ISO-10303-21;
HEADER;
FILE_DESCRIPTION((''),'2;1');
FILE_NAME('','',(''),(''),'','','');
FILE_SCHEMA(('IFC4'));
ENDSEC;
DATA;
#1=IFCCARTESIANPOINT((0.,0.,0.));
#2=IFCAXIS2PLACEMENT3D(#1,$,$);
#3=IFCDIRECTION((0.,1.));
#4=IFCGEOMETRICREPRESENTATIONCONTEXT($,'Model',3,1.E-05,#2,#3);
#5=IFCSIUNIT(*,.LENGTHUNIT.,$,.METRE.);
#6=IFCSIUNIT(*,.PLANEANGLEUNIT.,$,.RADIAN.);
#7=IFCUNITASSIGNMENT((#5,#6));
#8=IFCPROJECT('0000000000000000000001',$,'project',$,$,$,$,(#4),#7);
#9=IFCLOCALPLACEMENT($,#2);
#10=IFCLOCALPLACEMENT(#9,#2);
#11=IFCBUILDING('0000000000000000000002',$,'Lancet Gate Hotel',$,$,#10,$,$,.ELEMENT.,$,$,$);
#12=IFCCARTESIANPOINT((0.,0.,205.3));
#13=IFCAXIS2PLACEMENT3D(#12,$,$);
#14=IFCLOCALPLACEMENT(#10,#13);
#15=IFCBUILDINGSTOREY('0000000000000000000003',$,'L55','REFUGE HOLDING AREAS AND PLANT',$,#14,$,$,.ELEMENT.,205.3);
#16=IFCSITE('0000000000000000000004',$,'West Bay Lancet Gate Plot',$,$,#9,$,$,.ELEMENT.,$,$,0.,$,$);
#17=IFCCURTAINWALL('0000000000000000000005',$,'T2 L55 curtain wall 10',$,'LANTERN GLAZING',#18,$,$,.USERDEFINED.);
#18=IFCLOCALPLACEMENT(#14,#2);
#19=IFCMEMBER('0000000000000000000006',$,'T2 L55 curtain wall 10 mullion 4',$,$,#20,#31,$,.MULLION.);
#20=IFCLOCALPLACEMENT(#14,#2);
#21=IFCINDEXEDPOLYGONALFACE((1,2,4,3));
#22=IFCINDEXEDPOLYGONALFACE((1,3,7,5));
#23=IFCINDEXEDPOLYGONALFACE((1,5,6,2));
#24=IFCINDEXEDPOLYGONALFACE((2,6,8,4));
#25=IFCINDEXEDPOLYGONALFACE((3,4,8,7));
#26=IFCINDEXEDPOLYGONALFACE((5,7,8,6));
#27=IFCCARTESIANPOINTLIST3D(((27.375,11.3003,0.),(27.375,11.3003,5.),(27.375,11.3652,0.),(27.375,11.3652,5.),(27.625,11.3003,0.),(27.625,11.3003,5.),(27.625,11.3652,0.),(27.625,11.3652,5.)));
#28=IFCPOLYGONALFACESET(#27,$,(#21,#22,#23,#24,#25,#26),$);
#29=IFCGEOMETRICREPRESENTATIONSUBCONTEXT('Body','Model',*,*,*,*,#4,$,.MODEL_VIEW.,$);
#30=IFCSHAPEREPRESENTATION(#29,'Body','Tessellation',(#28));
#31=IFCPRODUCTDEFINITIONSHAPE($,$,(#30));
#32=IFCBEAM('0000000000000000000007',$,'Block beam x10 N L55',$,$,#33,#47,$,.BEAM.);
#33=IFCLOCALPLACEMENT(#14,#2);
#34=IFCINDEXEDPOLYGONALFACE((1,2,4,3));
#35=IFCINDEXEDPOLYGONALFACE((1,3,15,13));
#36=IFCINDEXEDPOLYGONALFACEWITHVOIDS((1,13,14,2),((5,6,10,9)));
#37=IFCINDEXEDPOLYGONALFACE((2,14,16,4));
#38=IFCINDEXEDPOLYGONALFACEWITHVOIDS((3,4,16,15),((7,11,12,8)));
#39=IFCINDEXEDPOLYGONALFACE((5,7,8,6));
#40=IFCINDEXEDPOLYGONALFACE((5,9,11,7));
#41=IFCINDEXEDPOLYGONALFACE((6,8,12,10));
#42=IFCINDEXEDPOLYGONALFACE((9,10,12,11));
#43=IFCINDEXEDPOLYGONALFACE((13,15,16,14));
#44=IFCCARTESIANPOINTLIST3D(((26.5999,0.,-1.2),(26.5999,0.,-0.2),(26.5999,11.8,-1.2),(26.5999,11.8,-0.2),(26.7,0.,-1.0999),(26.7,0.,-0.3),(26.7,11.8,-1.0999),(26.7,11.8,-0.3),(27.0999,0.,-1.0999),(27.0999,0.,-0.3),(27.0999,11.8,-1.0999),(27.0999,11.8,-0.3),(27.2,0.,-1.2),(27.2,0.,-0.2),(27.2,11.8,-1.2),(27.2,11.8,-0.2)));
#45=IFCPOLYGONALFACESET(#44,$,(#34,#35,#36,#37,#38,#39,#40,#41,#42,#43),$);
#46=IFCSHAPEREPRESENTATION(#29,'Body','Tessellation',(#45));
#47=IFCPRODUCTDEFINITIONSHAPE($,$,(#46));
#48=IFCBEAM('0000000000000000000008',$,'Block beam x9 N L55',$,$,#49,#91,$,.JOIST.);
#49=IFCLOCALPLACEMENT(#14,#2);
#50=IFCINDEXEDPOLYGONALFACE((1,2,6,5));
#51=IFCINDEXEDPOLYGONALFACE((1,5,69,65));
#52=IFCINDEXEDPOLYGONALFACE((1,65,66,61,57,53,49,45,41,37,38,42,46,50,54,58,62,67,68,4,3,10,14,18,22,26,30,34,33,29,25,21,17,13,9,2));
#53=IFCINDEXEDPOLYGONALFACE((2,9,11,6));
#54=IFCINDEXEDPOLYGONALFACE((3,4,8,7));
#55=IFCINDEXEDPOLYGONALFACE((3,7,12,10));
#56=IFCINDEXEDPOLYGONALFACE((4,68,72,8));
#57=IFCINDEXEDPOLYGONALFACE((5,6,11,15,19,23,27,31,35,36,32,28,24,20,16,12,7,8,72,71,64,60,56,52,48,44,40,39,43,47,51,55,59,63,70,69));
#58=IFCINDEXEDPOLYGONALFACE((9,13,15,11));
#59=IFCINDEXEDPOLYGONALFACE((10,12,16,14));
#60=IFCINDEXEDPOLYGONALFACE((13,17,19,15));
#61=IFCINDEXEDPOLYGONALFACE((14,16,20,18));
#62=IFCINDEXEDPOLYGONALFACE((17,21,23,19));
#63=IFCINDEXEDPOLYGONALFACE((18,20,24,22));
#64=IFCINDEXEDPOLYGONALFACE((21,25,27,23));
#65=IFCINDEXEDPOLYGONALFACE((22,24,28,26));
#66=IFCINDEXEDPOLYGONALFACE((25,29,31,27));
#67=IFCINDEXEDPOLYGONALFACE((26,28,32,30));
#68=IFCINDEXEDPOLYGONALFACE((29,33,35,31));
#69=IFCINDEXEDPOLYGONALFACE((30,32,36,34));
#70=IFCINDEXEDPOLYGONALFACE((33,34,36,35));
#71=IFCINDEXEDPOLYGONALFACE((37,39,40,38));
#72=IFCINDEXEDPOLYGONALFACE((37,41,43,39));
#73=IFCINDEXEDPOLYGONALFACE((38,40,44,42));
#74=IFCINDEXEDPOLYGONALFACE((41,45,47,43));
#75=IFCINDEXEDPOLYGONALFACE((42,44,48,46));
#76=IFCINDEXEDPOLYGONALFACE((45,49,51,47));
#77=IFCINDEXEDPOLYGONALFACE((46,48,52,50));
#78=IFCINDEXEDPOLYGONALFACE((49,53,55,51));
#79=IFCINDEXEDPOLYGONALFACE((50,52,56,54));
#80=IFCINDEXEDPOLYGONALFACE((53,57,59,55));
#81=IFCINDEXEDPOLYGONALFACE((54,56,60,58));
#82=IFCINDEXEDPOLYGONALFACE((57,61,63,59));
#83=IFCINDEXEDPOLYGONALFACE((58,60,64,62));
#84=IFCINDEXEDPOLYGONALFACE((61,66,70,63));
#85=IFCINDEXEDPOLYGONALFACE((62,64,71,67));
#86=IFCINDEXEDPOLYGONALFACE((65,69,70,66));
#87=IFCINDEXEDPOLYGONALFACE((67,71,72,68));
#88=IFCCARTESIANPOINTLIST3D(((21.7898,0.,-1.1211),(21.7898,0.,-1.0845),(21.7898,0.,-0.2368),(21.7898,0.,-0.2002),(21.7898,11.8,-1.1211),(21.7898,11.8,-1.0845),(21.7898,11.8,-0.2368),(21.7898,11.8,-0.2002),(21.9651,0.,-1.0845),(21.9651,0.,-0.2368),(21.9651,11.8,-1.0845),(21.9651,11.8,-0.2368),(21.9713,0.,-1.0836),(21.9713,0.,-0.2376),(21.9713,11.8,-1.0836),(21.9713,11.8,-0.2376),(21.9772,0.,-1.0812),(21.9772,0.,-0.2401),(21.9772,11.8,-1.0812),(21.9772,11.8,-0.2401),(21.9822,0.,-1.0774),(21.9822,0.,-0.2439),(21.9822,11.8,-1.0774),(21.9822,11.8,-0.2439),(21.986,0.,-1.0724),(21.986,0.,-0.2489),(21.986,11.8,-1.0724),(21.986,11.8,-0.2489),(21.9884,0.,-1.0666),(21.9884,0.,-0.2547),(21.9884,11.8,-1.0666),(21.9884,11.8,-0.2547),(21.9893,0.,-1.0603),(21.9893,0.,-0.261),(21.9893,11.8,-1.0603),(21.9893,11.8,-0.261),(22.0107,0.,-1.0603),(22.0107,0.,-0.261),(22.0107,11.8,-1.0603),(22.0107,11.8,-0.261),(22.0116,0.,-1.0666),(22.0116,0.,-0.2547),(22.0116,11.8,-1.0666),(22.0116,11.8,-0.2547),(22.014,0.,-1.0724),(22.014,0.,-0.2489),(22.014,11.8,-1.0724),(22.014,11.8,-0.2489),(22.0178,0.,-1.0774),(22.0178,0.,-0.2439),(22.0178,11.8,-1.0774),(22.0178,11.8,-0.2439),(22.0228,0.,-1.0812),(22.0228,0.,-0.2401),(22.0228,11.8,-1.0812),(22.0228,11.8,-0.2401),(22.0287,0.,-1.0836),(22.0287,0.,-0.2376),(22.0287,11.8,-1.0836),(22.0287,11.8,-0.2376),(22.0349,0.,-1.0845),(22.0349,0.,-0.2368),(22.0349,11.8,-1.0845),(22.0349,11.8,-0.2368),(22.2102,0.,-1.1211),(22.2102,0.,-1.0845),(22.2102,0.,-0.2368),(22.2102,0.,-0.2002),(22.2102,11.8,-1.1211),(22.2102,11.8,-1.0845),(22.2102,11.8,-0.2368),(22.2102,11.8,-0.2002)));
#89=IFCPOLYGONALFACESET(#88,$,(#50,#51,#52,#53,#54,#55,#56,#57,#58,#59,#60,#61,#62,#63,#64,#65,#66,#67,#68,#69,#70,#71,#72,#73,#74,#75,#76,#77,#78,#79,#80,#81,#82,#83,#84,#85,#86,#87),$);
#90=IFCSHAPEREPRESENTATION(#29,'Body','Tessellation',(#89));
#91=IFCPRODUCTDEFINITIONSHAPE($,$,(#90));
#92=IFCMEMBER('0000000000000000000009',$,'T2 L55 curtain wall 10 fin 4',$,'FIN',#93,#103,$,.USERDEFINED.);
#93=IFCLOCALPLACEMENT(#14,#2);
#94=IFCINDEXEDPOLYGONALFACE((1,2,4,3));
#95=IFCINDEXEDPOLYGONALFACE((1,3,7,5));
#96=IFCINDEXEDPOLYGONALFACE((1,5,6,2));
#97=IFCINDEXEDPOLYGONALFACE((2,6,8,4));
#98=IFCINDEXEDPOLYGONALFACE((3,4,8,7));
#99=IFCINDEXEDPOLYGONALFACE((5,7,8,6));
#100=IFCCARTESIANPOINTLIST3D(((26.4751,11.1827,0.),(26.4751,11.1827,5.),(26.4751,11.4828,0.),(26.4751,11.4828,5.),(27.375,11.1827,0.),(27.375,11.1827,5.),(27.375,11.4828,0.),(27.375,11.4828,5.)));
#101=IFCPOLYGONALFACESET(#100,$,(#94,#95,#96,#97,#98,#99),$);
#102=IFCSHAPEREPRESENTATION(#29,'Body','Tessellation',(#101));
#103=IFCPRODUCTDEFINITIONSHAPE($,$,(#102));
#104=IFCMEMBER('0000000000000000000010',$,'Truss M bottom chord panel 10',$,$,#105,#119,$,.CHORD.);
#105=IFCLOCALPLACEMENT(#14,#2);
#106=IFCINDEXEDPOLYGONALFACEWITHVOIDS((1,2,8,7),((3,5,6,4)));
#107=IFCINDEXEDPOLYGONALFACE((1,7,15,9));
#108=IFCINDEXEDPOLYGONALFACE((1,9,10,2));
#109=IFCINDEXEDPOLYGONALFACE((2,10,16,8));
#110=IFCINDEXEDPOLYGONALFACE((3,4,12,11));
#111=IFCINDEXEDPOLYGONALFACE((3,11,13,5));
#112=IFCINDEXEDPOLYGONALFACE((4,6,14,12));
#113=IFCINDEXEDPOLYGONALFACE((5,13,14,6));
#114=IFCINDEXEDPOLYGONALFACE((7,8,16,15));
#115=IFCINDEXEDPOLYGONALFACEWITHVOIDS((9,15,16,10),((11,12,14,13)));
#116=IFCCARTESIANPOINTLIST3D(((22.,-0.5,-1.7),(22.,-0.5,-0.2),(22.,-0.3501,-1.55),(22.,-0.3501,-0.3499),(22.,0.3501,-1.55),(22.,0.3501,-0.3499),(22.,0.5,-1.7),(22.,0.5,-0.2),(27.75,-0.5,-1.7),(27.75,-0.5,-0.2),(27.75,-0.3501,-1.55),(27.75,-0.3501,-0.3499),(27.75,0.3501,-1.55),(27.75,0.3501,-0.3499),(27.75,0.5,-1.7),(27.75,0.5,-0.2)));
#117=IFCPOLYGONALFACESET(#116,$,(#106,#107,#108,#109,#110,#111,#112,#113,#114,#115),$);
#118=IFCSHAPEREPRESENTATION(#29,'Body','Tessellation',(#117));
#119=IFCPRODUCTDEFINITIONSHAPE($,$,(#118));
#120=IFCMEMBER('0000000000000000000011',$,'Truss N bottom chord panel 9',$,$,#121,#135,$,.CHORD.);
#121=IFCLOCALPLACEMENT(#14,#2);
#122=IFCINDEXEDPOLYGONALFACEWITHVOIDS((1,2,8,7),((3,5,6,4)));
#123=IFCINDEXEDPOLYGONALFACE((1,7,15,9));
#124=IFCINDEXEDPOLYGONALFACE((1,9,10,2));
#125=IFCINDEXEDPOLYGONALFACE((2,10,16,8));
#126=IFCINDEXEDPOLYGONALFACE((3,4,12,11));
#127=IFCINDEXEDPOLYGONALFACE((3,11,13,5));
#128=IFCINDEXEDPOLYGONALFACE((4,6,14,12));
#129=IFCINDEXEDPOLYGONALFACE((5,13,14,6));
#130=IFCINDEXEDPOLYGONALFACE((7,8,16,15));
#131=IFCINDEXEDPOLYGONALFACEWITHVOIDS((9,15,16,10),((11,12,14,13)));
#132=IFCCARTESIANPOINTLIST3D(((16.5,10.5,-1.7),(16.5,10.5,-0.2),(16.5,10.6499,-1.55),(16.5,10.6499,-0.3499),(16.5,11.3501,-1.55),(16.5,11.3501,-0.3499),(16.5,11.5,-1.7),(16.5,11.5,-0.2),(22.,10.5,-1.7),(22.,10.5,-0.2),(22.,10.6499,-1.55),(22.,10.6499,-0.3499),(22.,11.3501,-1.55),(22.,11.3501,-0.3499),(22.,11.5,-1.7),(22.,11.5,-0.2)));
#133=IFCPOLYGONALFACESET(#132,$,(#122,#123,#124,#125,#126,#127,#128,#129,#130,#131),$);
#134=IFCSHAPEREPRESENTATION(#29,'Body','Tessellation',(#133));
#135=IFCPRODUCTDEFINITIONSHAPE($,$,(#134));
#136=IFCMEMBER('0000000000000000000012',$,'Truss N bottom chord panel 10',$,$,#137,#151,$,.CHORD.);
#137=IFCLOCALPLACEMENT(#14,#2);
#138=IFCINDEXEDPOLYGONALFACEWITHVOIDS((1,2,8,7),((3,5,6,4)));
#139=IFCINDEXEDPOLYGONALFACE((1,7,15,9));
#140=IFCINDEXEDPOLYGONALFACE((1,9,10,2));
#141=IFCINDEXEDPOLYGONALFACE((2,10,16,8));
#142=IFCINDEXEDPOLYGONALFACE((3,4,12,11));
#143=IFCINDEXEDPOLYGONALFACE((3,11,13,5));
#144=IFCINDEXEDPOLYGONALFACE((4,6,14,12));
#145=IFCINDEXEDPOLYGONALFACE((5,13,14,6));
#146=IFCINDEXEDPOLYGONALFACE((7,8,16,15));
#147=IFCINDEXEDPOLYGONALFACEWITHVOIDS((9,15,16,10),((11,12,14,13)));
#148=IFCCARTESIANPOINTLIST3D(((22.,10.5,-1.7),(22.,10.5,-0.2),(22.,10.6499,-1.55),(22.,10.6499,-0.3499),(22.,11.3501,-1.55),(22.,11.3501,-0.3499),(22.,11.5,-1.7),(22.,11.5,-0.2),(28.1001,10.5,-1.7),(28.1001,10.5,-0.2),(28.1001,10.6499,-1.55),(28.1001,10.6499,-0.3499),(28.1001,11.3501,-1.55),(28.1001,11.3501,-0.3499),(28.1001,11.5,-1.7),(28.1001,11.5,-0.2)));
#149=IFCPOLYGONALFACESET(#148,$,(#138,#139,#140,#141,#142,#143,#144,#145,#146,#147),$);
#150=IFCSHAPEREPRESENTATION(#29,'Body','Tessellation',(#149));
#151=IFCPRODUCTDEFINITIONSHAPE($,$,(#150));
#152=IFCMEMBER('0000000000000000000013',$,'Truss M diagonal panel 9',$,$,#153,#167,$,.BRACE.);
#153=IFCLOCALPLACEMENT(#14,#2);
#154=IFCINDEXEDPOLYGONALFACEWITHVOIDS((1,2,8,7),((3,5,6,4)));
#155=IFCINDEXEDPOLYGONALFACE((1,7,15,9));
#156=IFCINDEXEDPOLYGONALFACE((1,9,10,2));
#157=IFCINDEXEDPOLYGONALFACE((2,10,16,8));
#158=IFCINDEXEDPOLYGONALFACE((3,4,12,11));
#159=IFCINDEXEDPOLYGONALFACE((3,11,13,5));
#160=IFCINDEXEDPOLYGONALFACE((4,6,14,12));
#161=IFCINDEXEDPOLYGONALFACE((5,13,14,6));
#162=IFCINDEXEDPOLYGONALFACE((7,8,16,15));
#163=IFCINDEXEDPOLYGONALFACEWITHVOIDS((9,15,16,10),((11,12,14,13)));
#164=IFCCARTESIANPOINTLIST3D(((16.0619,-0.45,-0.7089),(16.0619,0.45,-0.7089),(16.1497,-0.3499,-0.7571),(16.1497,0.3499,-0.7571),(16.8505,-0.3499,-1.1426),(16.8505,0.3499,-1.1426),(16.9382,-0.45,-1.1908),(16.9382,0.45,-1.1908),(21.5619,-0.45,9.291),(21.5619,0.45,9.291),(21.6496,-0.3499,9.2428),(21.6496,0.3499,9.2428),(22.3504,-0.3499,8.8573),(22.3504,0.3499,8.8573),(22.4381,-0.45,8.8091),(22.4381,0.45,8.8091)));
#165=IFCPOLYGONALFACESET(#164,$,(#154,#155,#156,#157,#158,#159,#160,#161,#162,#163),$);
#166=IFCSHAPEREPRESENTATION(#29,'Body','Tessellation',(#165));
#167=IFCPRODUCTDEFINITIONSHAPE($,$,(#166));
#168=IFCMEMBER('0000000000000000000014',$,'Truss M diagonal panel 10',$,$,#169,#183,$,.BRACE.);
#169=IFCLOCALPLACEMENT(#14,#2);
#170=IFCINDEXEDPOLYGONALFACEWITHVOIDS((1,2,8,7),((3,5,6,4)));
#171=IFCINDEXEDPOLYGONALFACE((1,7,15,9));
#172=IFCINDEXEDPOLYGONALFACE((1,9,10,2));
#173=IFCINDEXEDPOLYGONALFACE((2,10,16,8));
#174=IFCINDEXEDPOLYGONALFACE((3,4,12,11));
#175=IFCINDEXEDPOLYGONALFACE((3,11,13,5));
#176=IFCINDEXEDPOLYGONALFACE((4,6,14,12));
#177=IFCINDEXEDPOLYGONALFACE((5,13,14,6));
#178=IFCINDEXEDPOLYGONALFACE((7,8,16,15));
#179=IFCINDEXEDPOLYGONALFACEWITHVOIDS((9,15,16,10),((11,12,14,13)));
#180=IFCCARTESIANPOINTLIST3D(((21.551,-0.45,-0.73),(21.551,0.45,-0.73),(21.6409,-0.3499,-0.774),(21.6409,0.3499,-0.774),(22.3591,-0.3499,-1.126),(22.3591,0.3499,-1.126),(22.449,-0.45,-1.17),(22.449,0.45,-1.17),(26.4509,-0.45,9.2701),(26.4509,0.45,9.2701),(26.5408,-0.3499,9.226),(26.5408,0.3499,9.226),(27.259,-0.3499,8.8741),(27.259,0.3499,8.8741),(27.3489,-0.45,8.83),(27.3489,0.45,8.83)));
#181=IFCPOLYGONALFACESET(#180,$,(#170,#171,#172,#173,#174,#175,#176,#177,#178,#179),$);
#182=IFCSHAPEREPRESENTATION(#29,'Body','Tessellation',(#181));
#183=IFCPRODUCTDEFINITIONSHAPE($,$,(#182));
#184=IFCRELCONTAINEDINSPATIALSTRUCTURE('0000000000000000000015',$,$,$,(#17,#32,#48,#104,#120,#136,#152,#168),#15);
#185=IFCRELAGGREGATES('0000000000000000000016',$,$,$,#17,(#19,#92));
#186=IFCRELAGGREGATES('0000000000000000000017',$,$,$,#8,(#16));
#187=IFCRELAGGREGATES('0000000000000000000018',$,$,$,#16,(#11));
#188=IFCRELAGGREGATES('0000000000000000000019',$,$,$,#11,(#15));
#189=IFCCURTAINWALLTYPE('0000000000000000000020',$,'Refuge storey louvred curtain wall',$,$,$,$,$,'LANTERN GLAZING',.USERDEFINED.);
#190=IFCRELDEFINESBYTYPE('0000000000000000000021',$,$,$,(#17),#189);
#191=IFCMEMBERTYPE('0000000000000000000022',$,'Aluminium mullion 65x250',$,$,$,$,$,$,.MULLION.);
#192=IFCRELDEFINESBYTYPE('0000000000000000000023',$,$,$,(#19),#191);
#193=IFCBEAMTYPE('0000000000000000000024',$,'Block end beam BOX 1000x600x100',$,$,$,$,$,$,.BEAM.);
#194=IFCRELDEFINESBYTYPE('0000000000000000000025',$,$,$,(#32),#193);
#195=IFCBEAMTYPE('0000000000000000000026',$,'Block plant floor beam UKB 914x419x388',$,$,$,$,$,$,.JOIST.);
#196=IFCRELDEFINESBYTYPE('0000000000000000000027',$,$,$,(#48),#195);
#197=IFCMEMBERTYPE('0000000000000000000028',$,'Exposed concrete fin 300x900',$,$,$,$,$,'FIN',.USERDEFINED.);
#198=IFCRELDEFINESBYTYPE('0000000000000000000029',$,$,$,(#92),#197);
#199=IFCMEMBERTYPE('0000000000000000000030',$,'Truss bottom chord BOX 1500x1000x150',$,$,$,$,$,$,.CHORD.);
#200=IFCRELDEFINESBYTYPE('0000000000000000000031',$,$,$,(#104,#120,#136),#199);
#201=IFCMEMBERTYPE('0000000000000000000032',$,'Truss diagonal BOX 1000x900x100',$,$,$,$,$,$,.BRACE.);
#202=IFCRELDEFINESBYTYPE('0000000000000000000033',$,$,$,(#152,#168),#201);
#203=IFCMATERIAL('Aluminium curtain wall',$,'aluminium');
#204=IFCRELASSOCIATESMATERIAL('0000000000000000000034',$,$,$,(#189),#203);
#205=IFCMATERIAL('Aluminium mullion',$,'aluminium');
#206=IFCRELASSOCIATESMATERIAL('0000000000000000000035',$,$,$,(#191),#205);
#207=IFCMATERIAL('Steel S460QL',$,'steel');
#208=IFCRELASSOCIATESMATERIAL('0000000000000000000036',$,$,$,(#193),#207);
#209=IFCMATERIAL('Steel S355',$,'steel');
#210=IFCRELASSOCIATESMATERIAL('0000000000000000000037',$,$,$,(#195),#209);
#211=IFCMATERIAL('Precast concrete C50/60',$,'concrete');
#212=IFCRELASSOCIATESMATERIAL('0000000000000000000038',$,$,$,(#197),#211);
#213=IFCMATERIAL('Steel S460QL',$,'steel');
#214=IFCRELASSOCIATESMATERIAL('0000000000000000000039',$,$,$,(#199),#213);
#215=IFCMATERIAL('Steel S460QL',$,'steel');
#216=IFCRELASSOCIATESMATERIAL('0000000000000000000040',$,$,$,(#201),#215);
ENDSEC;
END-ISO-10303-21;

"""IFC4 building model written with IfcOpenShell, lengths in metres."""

from ifc_helpers import new_model, si_unit, direction, frame, origin, origin_2d, place, context, subcontext, project, spatial, rectangle, hollow_rectangle, i_section, extrude, material, material_profile, profile_set, type_object, element, aggregate, save


model = new_model("IFC4")

# Units and contexts
model_context = context("Model", 3, precision=1e-05, world=origin(), true_north=direction((0.0, 1.0)))
body_context = subcontext(model_context, "Body", "Model", "MODEL_VIEW")
ifc_project = project(units=[si_unit("LENGTHUNIT", "METRE"), si_unit("PLANEANGLEUNIT", "RADIAN")], contexts=[model_context])

# Site, building, storey
site_placement = place(None, origin())
site = spatial("IfcSite", under=ifc_project, at=site_placement, Name="West Bay Lancet Gate Plot", CompositionType="ELEMENT", RefElevation=0.0)
building_placement = place(site_placement, origin())
building = spatial("IfcBuilding", under=site, at=building_placement, Name="Lancet Gate Hotel", CompositionType="ELEMENT")
storey_placement = place(building_placement, frame((0.0, 0.0, 205.3)))
storey = spatial("IfcBuildingStorey", under=building, at=storey_placement, Name="L55", Description="REFUGE HOLDING AREAS AND PLANT", CompositionType="ELEMENT", Elevation=205.3)

# Curtain wall, member
ifc_material_1 = material(Name="Aluminium curtain wall", Category="aluminium")
curtain_wall_type = type_object("IfcCurtainWallType", Name="Refuge storey louvred curtain wall", ElementType="LANTERN GLAZING", PredefinedType="USERDEFINED", material=ifc_material_1)
curtain_wall_placement = place(storey_placement, origin())
curtain_wall = element("IfcCurtainWall", 1, at=curtain_wall_placement, inside=storey, type_object=curtain_wall_type, Name="T2 L55 curtain wall 10", ObjectType="LANTERN GLAZING", PredefinedType="USERDEFINED")
ifc_material_2 = material(Name="Aluminium mullion", Category="aluminium")
ifc_material_profile_1 = material_profile(ifc_material_2, rectangle(XDim=0.0649, YDim=0.25, at=origin_2d()), Name="MULLION 65x250")
ifc_profile_set_1 = profile_set([ifc_material_profile_1], Name="Aluminium mullion")
member_type_1 = type_object("IfcMemberType", Name="Aluminium mullion 65x250", PredefinedType="MULLION", material=ifc_profile_set_1)
member_1_placement = place(storey_placement, frame((27.5, 11.3328, 0.0), z_axis=(0.0, 0.0, 1.0), x_axis=(0.0, -1.0, 0.0)))
member_1 = element("IfcMember", 2, at=member_1_placement, type_object=member_type_1, Name="T2 L55 curtain wall 10 mullion 4", PredefinedType="MULLION", context=body_context, shape_type="SweptSolid", body=[
    extrude(rectangle(XDim=0.0649, YDim=0.25, at=origin_2d()), origin(), (0.0, 0.0, 1.0), 5.0),
])

# Beams
ifc_material_3 = material(Name="Steel S460QL", Category="steel")
ifc_material_profile_2 = material_profile(ifc_material_3, hollow_rectangle(XDim=0.6001, YDim=1.0, WallThickness=0.1001, at=origin_2d()), Name="BOX 1000x600x100")
ifc_profile_set_2 = profile_set([ifc_material_profile_2], Name="Steel S460QL")
beam_type_1 = type_object("IfcBeamType", Name="Block end beam BOX 1000x600x100", PredefinedType="BEAM", material=ifc_profile_set_2)
beam_1_placement = place(storey_placement, frame((26.8999, 0.0, -0.7), z_axis=(0.0, 1.0, 0.0), x_axis=(-1.0, 0.0, 0.0)))
element("IfcBeam", 3, at=beam_1_placement, inside=storey, type_object=beam_type_1, Name="Block beam x10 N L55", PredefinedType="BEAM", context=body_context, shape_type="SweptSolid", body=[
    extrude(hollow_rectangle(XDim=0.6001, YDim=1.0, WallThickness=0.1001, at=origin_2d()), origin(), (0.0, 0.0, 1.0), 11.8),
])
ifc_material_4 = material(Name="Steel S355", Category="steel")
ifc_material_profile_3 = material_profile(ifc_material_4, i_section(OverallWidth=0.4204, OverallDepth=0.9209, WebThickness=0.0215, FlangeThickness=0.0366, FilletRadius=0.0242, at=origin_2d()), Name="UKB 914x419x388")
ifc_profile_set_3 = profile_set([ifc_material_profile_3], Name="Steel S355")
beam_type_2 = type_object("IfcBeamType", Name="Block plant floor beam UKB 914x419x388", PredefinedType="JOIST", material=ifc_profile_set_3)
beam_2_placement = place(storey_placement, frame((22.0, 0.0, -0.6606), z_axis=(0.0, 1.0, 0.0), x_axis=(-1.0, 0.0, 0.0)))
element("IfcBeam", 4, at=beam_2_placement, inside=storey, type_object=beam_type_2, Name="Block beam x9 N L55", PredefinedType="JOIST", context=body_context, shape_type="SweptSolid", body=[
    extrude(i_section(OverallWidth=0.4204, OverallDepth=0.9209, WebThickness=0.0215, FlangeThickness=0.0366, FilletRadius=0.0242, at=origin_2d()), origin(), (0.0, 0.0, 1.0), 11.8),
])

# Member
ifc_material_5 = material(Name="Precast concrete C50/60", Category="concrete")
ifc_material_profile_4 = material_profile(ifc_material_5, rectangle(XDim=0.3, YDim=0.8999, at=origin_2d()), Name="FIN 300x900")
ifc_profile_set_4 = profile_set([ifc_material_profile_4], Name="Precast concrete C50/60")
member_type_2 = type_object("IfcMemberType", Name="Exposed concrete fin 300x900", ElementType="FIN", PredefinedType="USERDEFINED", material=ifc_profile_set_4)
member_2_placement = place(storey_placement, frame((26.925, 11.3328, 0.0), z_axis=(0.0, 0.0, 1.0), x_axis=(0.0, -1.0, 0.0)))
member_2 = element("IfcMember", 5, at=member_2_placement, type_object=member_type_2, Name="T2 L55 curtain wall 10 fin 4", ObjectType="FIN", PredefinedType="USERDEFINED", context=body_context, shape_type="SweptSolid", body=[
    extrude(rectangle(XDim=0.3, YDim=0.8999, at=origin_2d()), origin(), (0.0, 0.0, 1.0), 5.0),
])
aggregate(curtain_wall, [member_1, member_2])

# Members
ifc_material_6 = material(Name="Steel S460QL", Category="steel")
ifc_material_profile_5 = material_profile(ifc_material_6, hollow_rectangle(XDim=1.0, YDim=1.5, WallThickness=0.1499, at=origin_2d()), Name="BOX 1500x1000x150")
ifc_profile_set_5 = profile_set([ifc_material_profile_5], Name="Steel S460QL")
member_type_3 = type_object("IfcMemberType", Name="Truss bottom chord BOX 1500x1000x150", PredefinedType="CHORD", material=ifc_profile_set_5)
member_3_placement = place(storey_placement, frame((22.0, 0.0, -0.95), z_axis=(1.0, 0.0, 0.0), x_axis=(0.0, 1.0, 0.0)))
element("IfcMember", 6, at=member_3_placement, inside=storey, type_object=member_type_3, Name="Truss M bottom chord panel 10", PredefinedType="CHORD", context=body_context, shape_type="SweptSolid", body=[
    extrude(hollow_rectangle(XDim=1.0, YDim=1.5, WallThickness=0.1499, at=origin_2d()), origin(), (0.0, 0.0, 1.0), 5.75),
])
member_4_placement = place(storey_placement, frame((16.5, 11.0, -0.95), z_axis=(1.0, 0.0, 0.0), x_axis=(0.0, 1.0, 0.0)))
element("IfcMember", 7, at=member_4_placement, inside=storey, type_object=member_type_3, Name="Truss N bottom chord panel 9", PredefinedType="CHORD", context=body_context, shape_type="SweptSolid", body=[
    extrude(hollow_rectangle(XDim=1.0, YDim=1.5, WallThickness=0.1499, at=origin_2d()), origin(), (0.0, 0.0, 1.0), 5.5),
])
member_5_placement = place(storey_placement, frame((22.0, 11.0, -0.95), z_axis=(1.0, 0.0, 0.0), x_axis=(0.0, 1.0, 0.0)))
element("IfcMember", 8, at=member_5_placement, inside=storey, type_object=member_type_3, Name="Truss N bottom chord panel 10", PredefinedType="CHORD", context=body_context, shape_type="SweptSolid", body=[
    extrude(hollow_rectangle(XDim=1.0, YDim=1.5, WallThickness=0.1499, at=origin_2d()), origin(), (0.0, 0.0, 1.0), 6.1001),
])
ifc_material_7 = material(Name="Steel S460QL", Category="steel")
ifc_material_profile_6 = material_profile(ifc_material_7, hollow_rectangle(XDim=0.8999, YDim=1.0, WallThickness=0.1001, at=origin_2d()), Name="BOX 1000x900x100")
ifc_profile_set_6 = profile_set([ifc_material_profile_6], Name="Steel S460QL")
member_type_4 = type_object("IfcMemberType", Name="Truss diagonal BOX 1000x900x100", PredefinedType="BRACE", material=ifc_profile_set_6)
member_6_placement = place(storey_placement, frame((22.0, 0.0, 9.05), z_axis=(-0.481919, 0.0, -0.876216), x_axis=(0.0, -1.0, 0.0)))
element("IfcMember", 9, at=member_6_placement, inside=storey, type_object=member_type_4, Name="Truss M diagonal panel 9", PredefinedType="BRACE", context=body_context, shape_type="SweptSolid", body=[
    extrude(hollow_rectangle(XDim=0.8999, YDim=1.0, WallThickness=0.1001, at=origin_2d()), origin(), (0.0, 0.0, 1.0), 11.4126),
])
member_7_placement = place(storey_placement, frame((26.8999, 0.0, 9.05), z_axis=(-0.440008, 0.0, -0.897994), x_axis=(0.0, -1.0, 0.0)))
element("IfcMember", 10, at=member_7_placement, inside=storey, type_object=member_type_4, Name="Truss M diagonal panel 10", PredefinedType="BRACE", context=body_context, shape_type="SweptSolid", body=[
    extrude(hollow_rectangle(XDim=0.8999, YDim=1.0, WallThickness=0.1001, at=origin_2d()), origin(), (0.0, 0.0, 1.0), 11.136),
])

save(model, "model.ifc")
